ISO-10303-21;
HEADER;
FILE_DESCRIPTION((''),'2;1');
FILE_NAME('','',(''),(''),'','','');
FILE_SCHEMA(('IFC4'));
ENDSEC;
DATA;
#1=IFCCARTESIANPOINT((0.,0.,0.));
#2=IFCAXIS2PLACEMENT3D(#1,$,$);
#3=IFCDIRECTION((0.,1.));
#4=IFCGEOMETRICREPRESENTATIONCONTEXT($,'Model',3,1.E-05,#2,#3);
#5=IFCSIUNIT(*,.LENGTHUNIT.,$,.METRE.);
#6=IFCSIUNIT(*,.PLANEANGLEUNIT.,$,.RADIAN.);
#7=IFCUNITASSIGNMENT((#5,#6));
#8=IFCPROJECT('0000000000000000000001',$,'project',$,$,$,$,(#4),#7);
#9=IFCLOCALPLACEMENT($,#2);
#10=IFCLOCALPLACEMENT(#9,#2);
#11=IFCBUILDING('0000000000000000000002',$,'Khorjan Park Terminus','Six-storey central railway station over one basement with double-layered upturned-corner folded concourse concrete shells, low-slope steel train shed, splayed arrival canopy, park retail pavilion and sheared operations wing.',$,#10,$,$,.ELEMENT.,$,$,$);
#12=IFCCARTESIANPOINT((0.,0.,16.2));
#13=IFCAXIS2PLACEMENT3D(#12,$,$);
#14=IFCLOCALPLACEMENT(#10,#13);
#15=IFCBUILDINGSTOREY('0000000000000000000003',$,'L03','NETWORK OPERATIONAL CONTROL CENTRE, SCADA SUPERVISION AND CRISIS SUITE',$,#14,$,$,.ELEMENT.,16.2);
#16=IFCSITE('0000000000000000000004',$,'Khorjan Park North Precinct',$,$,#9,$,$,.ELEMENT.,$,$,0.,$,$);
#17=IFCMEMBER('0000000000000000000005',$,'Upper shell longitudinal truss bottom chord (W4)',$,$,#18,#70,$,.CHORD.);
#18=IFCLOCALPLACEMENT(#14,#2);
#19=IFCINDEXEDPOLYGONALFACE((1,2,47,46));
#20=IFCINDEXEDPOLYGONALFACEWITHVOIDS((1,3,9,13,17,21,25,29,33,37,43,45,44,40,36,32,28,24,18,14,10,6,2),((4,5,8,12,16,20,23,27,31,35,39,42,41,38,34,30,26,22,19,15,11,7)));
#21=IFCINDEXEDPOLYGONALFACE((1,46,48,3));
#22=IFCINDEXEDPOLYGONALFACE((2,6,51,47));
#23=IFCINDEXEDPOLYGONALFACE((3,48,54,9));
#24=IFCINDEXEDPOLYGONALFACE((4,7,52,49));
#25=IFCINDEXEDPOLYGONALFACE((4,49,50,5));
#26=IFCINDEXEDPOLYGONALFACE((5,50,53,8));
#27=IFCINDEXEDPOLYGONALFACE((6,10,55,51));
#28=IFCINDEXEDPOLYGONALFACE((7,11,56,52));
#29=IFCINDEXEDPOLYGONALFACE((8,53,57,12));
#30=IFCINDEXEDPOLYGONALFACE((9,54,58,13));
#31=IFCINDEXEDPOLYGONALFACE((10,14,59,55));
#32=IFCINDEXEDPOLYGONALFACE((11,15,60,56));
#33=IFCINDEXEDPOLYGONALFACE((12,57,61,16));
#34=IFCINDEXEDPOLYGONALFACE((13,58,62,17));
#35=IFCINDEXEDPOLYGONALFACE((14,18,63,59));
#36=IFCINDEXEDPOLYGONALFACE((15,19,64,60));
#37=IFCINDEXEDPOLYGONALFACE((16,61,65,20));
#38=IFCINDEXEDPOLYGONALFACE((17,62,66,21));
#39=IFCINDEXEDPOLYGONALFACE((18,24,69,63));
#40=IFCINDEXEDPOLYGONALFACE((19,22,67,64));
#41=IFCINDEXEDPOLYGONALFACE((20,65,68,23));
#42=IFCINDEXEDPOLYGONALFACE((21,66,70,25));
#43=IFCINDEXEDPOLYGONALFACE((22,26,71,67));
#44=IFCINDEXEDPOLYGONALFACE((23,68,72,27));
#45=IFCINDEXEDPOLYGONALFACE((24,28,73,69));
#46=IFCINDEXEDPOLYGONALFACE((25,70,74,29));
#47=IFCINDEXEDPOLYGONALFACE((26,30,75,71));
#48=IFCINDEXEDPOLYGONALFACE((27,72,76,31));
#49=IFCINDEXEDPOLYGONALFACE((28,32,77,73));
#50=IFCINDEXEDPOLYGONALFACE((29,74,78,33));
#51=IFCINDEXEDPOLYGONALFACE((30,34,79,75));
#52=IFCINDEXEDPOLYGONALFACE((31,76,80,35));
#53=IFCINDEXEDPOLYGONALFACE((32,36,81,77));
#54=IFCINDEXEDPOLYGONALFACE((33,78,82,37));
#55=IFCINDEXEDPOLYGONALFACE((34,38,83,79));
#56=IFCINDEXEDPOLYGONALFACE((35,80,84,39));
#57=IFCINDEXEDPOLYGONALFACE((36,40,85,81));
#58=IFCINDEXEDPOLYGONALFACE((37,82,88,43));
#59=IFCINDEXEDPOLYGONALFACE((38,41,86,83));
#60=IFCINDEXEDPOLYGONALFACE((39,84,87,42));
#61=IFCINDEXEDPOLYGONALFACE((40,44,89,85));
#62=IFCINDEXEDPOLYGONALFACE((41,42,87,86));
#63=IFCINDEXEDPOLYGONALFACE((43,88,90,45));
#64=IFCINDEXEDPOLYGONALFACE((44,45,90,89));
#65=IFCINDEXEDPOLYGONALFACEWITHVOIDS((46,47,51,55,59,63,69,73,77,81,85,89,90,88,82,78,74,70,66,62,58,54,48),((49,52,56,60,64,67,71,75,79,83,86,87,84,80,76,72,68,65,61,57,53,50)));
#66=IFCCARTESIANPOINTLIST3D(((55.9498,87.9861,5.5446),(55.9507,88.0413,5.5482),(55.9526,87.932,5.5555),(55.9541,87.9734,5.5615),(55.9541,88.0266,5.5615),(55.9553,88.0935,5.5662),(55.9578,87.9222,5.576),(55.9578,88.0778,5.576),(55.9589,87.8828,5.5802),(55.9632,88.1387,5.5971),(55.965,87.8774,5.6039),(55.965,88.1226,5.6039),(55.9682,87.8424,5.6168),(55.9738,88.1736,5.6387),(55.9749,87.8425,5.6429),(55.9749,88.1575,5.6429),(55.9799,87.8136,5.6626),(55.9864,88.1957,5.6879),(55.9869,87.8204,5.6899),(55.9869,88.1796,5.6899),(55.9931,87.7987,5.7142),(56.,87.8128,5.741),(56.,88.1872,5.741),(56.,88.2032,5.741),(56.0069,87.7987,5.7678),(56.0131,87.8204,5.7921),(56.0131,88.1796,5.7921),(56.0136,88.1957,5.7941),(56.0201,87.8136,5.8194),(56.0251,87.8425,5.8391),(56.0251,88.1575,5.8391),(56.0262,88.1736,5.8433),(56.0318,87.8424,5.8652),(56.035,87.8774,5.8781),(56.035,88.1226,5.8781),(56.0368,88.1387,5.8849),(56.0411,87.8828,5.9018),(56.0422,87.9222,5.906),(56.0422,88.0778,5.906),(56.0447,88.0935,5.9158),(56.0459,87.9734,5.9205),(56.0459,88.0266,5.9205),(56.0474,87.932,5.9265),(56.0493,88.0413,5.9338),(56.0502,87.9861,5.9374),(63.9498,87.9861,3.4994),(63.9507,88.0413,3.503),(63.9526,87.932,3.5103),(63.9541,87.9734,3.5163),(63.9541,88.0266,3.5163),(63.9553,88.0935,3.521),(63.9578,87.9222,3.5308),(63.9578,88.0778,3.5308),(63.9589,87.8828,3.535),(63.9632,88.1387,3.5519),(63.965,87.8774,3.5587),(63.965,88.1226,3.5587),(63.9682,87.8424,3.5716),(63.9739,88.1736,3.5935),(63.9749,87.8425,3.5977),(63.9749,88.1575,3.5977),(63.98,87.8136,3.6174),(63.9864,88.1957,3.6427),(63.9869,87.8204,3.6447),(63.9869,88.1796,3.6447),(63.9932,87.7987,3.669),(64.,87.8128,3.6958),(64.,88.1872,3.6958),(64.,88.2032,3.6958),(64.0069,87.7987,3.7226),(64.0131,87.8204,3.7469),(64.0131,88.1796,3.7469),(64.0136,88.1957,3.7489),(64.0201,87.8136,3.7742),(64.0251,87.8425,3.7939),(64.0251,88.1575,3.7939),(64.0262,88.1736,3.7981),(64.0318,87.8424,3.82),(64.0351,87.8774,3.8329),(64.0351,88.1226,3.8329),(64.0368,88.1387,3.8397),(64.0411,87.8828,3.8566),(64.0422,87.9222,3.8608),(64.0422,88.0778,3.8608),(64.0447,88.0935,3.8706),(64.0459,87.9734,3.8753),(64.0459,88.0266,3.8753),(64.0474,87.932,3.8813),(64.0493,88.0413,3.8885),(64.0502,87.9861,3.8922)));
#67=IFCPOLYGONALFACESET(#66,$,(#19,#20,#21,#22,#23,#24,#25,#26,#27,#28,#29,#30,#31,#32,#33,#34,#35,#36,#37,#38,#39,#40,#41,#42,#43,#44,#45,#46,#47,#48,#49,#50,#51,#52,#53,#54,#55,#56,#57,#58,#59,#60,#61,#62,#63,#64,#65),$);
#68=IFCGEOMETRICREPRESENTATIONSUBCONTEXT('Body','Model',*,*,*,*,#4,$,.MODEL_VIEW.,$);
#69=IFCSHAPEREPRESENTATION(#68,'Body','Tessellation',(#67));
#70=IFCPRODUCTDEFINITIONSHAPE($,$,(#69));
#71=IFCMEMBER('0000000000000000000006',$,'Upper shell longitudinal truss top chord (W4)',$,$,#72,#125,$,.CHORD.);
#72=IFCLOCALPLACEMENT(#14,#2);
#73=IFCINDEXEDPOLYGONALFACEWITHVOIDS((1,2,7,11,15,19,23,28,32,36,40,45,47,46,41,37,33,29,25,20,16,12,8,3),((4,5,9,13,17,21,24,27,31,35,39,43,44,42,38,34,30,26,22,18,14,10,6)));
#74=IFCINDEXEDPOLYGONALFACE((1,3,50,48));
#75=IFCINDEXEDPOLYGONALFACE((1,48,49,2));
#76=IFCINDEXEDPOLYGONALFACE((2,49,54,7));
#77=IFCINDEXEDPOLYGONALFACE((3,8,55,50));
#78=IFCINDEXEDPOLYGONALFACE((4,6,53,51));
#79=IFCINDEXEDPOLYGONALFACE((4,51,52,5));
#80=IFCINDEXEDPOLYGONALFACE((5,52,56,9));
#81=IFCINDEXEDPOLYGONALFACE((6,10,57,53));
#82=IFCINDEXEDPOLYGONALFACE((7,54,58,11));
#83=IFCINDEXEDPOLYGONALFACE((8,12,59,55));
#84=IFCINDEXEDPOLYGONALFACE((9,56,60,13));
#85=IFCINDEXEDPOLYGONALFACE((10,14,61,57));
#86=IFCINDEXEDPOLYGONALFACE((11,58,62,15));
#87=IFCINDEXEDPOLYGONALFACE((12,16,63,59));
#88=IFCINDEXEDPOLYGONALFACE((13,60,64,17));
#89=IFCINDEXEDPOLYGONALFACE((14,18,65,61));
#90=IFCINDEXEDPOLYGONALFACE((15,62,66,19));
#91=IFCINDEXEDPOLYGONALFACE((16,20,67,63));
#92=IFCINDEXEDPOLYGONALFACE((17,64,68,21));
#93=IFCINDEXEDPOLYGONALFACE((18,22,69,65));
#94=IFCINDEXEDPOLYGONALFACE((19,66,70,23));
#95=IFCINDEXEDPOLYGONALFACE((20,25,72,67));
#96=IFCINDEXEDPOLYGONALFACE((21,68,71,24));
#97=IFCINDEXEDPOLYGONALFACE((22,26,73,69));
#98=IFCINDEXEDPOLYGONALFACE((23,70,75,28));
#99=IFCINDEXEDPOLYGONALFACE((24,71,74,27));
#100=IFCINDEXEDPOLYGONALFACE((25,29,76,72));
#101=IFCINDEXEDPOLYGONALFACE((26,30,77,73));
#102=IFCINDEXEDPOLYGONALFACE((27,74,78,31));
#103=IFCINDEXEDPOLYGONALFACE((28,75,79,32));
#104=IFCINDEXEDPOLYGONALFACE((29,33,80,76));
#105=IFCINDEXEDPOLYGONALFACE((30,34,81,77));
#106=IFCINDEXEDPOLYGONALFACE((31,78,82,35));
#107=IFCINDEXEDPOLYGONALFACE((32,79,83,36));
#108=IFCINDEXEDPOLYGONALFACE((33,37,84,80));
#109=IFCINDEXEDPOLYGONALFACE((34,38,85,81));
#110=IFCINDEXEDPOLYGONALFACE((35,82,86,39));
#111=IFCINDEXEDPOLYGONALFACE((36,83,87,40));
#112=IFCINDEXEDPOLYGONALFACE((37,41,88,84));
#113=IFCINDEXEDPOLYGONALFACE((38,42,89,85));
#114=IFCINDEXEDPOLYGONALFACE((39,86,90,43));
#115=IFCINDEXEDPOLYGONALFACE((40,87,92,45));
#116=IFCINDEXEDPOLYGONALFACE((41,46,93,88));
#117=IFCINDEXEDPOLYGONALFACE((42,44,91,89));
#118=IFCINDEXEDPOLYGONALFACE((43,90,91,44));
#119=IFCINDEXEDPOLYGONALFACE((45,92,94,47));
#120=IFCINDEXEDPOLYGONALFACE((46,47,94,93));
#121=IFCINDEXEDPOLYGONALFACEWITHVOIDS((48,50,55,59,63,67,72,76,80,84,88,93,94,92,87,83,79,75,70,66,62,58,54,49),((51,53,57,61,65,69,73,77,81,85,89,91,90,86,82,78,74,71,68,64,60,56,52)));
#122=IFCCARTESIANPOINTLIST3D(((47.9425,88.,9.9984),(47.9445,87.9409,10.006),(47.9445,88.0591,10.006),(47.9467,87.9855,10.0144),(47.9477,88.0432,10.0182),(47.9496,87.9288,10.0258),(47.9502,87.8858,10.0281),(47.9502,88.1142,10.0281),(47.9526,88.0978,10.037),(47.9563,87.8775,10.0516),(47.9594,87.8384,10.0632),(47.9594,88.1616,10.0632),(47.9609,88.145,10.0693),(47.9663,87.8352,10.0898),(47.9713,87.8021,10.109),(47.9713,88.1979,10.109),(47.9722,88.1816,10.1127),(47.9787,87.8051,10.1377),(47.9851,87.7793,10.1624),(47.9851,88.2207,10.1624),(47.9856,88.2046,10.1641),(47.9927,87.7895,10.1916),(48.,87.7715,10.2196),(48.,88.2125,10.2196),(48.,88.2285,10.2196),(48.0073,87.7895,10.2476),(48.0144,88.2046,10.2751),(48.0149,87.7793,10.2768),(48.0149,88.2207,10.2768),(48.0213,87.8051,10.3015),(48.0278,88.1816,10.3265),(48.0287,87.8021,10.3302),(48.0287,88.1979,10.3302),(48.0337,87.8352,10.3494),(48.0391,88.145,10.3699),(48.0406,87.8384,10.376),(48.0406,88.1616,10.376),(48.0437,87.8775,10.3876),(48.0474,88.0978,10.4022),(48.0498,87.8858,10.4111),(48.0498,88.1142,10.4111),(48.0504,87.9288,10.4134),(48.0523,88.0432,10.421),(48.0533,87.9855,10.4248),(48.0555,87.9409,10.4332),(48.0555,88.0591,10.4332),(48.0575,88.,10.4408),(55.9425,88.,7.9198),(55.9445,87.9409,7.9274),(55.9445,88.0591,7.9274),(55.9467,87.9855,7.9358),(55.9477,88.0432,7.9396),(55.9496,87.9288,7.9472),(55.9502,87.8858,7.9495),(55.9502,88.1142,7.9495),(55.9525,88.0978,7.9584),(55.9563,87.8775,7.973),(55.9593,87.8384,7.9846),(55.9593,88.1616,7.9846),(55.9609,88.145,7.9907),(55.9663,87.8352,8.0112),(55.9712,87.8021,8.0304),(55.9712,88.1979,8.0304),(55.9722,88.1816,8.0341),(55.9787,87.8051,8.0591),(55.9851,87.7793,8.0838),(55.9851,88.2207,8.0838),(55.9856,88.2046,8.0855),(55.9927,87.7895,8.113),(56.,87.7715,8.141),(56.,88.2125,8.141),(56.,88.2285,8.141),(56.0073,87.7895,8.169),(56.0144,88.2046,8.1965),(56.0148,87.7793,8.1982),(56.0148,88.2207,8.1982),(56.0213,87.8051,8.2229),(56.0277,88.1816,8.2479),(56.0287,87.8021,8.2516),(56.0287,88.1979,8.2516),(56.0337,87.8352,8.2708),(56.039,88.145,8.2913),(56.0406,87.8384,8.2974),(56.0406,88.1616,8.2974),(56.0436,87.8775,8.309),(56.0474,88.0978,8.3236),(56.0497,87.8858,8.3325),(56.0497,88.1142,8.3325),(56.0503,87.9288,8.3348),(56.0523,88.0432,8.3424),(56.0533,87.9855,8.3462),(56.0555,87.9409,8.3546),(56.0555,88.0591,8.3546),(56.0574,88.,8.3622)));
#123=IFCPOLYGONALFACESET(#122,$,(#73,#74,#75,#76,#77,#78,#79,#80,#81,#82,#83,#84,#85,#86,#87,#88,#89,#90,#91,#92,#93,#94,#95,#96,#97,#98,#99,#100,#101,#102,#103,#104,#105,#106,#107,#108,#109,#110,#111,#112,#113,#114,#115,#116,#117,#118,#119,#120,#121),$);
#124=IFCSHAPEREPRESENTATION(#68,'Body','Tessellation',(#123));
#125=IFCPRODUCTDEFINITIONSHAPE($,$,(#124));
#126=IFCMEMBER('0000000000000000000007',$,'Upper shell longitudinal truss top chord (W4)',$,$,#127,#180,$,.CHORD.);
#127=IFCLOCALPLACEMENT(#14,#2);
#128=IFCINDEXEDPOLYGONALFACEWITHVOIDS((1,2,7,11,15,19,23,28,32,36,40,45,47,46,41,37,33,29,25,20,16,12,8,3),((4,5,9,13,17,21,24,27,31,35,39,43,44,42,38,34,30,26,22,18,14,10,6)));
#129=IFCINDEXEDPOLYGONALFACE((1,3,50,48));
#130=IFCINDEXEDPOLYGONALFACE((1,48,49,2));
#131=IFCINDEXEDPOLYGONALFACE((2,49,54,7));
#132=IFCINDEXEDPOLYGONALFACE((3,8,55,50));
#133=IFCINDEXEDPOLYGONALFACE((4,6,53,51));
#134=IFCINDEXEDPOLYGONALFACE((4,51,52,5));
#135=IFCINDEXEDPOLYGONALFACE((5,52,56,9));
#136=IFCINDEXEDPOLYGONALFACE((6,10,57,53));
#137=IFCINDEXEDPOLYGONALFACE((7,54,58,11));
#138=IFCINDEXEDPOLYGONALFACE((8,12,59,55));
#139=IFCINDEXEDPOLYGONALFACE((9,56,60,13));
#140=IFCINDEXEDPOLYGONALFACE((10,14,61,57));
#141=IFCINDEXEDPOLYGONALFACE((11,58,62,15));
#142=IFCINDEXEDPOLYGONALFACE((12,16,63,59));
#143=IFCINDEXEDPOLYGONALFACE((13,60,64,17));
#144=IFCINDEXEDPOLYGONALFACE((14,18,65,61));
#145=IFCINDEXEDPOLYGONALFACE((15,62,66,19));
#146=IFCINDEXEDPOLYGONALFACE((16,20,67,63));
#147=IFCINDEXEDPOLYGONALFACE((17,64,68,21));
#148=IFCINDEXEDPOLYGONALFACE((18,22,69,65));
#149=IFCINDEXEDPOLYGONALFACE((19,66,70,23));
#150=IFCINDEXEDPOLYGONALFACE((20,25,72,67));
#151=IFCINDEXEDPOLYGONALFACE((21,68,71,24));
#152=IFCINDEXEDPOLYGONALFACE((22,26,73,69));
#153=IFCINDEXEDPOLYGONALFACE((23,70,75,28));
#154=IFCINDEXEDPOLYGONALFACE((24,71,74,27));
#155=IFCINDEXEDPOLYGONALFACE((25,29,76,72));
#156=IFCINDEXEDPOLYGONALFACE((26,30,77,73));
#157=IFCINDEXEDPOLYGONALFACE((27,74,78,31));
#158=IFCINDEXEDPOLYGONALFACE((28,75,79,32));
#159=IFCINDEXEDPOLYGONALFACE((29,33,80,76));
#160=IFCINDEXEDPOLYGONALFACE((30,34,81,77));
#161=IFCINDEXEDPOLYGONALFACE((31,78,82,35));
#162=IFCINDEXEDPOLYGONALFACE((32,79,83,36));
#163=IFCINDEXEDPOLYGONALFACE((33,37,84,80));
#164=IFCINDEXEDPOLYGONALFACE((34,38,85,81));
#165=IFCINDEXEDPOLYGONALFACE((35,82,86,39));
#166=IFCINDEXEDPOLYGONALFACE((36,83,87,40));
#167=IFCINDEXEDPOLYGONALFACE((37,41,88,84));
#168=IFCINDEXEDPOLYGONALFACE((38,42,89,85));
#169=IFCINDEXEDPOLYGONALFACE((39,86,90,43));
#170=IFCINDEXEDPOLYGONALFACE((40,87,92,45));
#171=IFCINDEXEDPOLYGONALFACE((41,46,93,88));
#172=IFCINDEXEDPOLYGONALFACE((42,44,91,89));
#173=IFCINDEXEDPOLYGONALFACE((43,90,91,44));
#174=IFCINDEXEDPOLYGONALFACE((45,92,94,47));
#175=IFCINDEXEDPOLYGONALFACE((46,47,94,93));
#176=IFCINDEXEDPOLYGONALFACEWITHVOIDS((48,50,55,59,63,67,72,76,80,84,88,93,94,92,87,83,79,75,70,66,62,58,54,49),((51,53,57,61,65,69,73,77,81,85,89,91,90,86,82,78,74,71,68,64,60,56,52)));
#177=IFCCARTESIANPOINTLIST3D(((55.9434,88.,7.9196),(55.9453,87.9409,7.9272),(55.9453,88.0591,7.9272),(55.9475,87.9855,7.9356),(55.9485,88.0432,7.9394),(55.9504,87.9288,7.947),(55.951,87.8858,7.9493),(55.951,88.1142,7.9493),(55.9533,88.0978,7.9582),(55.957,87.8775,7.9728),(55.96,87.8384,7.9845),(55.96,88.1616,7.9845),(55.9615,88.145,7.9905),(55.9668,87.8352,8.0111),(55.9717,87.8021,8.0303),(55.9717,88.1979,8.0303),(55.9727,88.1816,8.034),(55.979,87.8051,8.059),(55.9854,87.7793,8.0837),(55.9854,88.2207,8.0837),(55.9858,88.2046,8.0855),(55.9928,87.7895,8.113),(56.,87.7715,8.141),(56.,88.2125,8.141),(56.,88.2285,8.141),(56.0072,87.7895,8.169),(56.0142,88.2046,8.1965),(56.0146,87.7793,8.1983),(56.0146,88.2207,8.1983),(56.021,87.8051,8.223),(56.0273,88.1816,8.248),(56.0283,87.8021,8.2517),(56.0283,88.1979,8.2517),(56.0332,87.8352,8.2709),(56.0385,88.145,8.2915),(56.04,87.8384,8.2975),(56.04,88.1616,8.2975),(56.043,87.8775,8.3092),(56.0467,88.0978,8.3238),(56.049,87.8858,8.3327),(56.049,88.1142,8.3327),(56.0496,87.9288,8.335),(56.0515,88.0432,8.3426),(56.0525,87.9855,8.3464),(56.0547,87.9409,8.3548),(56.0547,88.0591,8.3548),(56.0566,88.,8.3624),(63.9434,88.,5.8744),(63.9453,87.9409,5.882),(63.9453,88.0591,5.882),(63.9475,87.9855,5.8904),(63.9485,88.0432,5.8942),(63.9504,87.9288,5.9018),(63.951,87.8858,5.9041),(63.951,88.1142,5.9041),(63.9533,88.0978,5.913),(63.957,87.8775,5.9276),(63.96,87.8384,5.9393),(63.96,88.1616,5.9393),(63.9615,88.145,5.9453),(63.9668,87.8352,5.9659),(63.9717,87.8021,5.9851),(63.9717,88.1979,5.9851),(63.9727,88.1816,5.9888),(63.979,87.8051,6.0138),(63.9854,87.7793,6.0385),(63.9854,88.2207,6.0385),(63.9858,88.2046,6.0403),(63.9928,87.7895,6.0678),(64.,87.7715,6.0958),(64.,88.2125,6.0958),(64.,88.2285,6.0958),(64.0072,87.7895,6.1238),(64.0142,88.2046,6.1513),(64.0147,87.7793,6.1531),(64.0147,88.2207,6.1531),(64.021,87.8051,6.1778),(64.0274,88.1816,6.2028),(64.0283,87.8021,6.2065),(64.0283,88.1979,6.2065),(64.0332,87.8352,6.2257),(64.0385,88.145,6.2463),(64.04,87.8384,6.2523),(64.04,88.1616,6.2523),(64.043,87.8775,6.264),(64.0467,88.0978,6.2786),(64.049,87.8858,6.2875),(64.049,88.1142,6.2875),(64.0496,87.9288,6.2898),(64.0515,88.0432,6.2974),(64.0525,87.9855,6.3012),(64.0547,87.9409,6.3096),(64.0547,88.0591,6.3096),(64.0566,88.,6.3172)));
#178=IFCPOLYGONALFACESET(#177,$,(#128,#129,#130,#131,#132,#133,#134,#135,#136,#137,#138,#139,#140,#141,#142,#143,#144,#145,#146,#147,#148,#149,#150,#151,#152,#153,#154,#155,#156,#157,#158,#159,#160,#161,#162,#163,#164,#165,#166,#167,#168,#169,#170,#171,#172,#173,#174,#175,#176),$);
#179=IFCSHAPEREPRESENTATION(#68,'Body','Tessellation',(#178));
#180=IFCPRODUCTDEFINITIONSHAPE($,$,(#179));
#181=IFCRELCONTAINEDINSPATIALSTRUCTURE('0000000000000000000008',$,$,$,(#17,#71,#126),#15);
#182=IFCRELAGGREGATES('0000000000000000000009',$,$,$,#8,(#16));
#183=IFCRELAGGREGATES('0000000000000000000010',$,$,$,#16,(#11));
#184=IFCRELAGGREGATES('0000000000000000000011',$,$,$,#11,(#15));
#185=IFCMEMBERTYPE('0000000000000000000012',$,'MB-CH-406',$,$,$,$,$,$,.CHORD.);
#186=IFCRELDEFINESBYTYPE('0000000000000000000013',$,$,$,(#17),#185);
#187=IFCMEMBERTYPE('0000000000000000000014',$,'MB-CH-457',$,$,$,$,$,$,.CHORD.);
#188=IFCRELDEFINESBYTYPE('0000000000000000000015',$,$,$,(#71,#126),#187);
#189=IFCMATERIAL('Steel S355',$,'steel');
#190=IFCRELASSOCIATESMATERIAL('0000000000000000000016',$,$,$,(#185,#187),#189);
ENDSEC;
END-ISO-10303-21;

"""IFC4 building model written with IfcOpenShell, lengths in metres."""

from ifc_helpers import new_model, si_unit, direction, frame, origin, origin_2d, place, context, subcontext, project, spatial, hollow_circle, extrude, material, material_profile, profile_set, type_object, element, save


model = new_model("IFC4")

# Units and contexts
model_context = context("Model", 3, precision=1e-05, world=origin(), true_north=direction((0.0, 1.0)))
body_context = subcontext(model_context, "Body", "Model", "MODEL_VIEW")
ifc_project = project(units=[si_unit("LENGTHUNIT", "METRE"), si_unit("PLANEANGLEUNIT", "RADIAN")], contexts=[model_context])

# Site, building, storey
site_placement = place(None, origin())
site = spatial("IfcSite", under=ifc_project, at=site_placement, Name="Khorjan Park North Precinct", CompositionType="ELEMENT", RefElevation=0.0)
building_placement = place(site_placement, origin())
building = spatial("IfcBuilding", under=site, at=building_placement, Name="Khorjan Park Terminus", Description="Six-storey central railway station over one basement with double-layered upturned-corner folded concourse concrete shells, low-slope steel train shed, splayed arrival canopy, park retail pavilion and sheared operations wing.", CompositionType="ELEMENT")
storey_placement = place(building_placement, frame((0.0, 0.0, 16.2)))
storey = spatial("IfcBuildingStorey", under=building, at=storey_placement, Name="L03", Description="NETWORK OPERATIONAL CONTROL CENTRE, SCADA SUPERVISION AND CRISIS SUITE", CompositionType="ELEMENT", Elevation=16.2)

# Members
ifc_material_1 = material(Name="Steel S355", Category="steel")
ifc_material_profile_1 = material_profile(ifc_material_1, hollow_circle(Radius=0.2032, WallThickness=0.016, at=origin_2d()), Name="CHS 406.4x16")
ifc_profile_set_1 = profile_set([ifc_material_profile_1], Name="Steel S355")
member_type_1 = type_object("IfcMemberType", Name="MB-CH-406", PredefinedType="CHORD", material=ifc_profile_set_1)
member_1_placement = place(storey_placement, frame((56.0, 88.0, 5.741), z_axis=(0.968841, 0.0, -0.247684), x_axis=(0.0, 1.0, 0.0)))
element("IfcMember", 1, at=member_1_placement, inside=storey, type_object=member_type_1, Name="Upper shell longitudinal truss bottom chord (W4)", PredefinedType="CHORD", context=body_context, shape_type="SweptSolid", body=[
    extrude(hollow_circle(Radius=0.2032, WallThickness=0.016, at=origin_2d()), origin(), (0.0, 0.0, 1.0), 8.2573),
])
ifc_material_profile_2 = material_profile(ifc_material_1, hollow_circle(Radius=0.2285, WallThickness=0.016, at=origin_2d()), Name="CHS 457x16")
ifc_profile_set_2 = profile_set([ifc_material_profile_2], Name="Steel S355")
member_type_2 = type_object("IfcMemberType", Name="MB-CH-457", PredefinedType="CHORD", material=ifc_profile_set_2)
member_2_placement = place(storey_placement, frame((48.0, 88.0, 10.2196), z_axis=(0.967864, 0.0, -0.251475), x_axis=(0.0, 1.0, 0.0)))
element("IfcMember", 2, at=member_2_placement, inside=storey, type_object=member_type_2, Name="Upper shell longitudinal truss top chord (W4)", PredefinedType="CHORD", context=body_context, shape_type="SweptSolid", body=[
    extrude(hollow_circle(Radius=0.2285, WallThickness=0.016, at=origin_2d()), origin(), (0.0, 0.0, 1.0), 8.2656),
])
member_3_placement = place(storey_placement, frame((56.0, 88.0, 8.141), z_axis=(0.968841, 0.0, -0.247684), x_axis=(0.0, 1.0, 0.0)))
element("IfcMember", 3, at=member_3_placement, inside=storey, type_object=member_type_2, Name="Upper shell longitudinal truss top chord (W4)", PredefinedType="CHORD", context=body_context, shape_type="SweptSolid", body=[
    extrude(hollow_circle(Radius=0.2285, WallThickness=0.016, at=origin_2d()), origin(), (0.0, 0.0, 1.0), 8.2573),
])

save(model, "model.ifc")
